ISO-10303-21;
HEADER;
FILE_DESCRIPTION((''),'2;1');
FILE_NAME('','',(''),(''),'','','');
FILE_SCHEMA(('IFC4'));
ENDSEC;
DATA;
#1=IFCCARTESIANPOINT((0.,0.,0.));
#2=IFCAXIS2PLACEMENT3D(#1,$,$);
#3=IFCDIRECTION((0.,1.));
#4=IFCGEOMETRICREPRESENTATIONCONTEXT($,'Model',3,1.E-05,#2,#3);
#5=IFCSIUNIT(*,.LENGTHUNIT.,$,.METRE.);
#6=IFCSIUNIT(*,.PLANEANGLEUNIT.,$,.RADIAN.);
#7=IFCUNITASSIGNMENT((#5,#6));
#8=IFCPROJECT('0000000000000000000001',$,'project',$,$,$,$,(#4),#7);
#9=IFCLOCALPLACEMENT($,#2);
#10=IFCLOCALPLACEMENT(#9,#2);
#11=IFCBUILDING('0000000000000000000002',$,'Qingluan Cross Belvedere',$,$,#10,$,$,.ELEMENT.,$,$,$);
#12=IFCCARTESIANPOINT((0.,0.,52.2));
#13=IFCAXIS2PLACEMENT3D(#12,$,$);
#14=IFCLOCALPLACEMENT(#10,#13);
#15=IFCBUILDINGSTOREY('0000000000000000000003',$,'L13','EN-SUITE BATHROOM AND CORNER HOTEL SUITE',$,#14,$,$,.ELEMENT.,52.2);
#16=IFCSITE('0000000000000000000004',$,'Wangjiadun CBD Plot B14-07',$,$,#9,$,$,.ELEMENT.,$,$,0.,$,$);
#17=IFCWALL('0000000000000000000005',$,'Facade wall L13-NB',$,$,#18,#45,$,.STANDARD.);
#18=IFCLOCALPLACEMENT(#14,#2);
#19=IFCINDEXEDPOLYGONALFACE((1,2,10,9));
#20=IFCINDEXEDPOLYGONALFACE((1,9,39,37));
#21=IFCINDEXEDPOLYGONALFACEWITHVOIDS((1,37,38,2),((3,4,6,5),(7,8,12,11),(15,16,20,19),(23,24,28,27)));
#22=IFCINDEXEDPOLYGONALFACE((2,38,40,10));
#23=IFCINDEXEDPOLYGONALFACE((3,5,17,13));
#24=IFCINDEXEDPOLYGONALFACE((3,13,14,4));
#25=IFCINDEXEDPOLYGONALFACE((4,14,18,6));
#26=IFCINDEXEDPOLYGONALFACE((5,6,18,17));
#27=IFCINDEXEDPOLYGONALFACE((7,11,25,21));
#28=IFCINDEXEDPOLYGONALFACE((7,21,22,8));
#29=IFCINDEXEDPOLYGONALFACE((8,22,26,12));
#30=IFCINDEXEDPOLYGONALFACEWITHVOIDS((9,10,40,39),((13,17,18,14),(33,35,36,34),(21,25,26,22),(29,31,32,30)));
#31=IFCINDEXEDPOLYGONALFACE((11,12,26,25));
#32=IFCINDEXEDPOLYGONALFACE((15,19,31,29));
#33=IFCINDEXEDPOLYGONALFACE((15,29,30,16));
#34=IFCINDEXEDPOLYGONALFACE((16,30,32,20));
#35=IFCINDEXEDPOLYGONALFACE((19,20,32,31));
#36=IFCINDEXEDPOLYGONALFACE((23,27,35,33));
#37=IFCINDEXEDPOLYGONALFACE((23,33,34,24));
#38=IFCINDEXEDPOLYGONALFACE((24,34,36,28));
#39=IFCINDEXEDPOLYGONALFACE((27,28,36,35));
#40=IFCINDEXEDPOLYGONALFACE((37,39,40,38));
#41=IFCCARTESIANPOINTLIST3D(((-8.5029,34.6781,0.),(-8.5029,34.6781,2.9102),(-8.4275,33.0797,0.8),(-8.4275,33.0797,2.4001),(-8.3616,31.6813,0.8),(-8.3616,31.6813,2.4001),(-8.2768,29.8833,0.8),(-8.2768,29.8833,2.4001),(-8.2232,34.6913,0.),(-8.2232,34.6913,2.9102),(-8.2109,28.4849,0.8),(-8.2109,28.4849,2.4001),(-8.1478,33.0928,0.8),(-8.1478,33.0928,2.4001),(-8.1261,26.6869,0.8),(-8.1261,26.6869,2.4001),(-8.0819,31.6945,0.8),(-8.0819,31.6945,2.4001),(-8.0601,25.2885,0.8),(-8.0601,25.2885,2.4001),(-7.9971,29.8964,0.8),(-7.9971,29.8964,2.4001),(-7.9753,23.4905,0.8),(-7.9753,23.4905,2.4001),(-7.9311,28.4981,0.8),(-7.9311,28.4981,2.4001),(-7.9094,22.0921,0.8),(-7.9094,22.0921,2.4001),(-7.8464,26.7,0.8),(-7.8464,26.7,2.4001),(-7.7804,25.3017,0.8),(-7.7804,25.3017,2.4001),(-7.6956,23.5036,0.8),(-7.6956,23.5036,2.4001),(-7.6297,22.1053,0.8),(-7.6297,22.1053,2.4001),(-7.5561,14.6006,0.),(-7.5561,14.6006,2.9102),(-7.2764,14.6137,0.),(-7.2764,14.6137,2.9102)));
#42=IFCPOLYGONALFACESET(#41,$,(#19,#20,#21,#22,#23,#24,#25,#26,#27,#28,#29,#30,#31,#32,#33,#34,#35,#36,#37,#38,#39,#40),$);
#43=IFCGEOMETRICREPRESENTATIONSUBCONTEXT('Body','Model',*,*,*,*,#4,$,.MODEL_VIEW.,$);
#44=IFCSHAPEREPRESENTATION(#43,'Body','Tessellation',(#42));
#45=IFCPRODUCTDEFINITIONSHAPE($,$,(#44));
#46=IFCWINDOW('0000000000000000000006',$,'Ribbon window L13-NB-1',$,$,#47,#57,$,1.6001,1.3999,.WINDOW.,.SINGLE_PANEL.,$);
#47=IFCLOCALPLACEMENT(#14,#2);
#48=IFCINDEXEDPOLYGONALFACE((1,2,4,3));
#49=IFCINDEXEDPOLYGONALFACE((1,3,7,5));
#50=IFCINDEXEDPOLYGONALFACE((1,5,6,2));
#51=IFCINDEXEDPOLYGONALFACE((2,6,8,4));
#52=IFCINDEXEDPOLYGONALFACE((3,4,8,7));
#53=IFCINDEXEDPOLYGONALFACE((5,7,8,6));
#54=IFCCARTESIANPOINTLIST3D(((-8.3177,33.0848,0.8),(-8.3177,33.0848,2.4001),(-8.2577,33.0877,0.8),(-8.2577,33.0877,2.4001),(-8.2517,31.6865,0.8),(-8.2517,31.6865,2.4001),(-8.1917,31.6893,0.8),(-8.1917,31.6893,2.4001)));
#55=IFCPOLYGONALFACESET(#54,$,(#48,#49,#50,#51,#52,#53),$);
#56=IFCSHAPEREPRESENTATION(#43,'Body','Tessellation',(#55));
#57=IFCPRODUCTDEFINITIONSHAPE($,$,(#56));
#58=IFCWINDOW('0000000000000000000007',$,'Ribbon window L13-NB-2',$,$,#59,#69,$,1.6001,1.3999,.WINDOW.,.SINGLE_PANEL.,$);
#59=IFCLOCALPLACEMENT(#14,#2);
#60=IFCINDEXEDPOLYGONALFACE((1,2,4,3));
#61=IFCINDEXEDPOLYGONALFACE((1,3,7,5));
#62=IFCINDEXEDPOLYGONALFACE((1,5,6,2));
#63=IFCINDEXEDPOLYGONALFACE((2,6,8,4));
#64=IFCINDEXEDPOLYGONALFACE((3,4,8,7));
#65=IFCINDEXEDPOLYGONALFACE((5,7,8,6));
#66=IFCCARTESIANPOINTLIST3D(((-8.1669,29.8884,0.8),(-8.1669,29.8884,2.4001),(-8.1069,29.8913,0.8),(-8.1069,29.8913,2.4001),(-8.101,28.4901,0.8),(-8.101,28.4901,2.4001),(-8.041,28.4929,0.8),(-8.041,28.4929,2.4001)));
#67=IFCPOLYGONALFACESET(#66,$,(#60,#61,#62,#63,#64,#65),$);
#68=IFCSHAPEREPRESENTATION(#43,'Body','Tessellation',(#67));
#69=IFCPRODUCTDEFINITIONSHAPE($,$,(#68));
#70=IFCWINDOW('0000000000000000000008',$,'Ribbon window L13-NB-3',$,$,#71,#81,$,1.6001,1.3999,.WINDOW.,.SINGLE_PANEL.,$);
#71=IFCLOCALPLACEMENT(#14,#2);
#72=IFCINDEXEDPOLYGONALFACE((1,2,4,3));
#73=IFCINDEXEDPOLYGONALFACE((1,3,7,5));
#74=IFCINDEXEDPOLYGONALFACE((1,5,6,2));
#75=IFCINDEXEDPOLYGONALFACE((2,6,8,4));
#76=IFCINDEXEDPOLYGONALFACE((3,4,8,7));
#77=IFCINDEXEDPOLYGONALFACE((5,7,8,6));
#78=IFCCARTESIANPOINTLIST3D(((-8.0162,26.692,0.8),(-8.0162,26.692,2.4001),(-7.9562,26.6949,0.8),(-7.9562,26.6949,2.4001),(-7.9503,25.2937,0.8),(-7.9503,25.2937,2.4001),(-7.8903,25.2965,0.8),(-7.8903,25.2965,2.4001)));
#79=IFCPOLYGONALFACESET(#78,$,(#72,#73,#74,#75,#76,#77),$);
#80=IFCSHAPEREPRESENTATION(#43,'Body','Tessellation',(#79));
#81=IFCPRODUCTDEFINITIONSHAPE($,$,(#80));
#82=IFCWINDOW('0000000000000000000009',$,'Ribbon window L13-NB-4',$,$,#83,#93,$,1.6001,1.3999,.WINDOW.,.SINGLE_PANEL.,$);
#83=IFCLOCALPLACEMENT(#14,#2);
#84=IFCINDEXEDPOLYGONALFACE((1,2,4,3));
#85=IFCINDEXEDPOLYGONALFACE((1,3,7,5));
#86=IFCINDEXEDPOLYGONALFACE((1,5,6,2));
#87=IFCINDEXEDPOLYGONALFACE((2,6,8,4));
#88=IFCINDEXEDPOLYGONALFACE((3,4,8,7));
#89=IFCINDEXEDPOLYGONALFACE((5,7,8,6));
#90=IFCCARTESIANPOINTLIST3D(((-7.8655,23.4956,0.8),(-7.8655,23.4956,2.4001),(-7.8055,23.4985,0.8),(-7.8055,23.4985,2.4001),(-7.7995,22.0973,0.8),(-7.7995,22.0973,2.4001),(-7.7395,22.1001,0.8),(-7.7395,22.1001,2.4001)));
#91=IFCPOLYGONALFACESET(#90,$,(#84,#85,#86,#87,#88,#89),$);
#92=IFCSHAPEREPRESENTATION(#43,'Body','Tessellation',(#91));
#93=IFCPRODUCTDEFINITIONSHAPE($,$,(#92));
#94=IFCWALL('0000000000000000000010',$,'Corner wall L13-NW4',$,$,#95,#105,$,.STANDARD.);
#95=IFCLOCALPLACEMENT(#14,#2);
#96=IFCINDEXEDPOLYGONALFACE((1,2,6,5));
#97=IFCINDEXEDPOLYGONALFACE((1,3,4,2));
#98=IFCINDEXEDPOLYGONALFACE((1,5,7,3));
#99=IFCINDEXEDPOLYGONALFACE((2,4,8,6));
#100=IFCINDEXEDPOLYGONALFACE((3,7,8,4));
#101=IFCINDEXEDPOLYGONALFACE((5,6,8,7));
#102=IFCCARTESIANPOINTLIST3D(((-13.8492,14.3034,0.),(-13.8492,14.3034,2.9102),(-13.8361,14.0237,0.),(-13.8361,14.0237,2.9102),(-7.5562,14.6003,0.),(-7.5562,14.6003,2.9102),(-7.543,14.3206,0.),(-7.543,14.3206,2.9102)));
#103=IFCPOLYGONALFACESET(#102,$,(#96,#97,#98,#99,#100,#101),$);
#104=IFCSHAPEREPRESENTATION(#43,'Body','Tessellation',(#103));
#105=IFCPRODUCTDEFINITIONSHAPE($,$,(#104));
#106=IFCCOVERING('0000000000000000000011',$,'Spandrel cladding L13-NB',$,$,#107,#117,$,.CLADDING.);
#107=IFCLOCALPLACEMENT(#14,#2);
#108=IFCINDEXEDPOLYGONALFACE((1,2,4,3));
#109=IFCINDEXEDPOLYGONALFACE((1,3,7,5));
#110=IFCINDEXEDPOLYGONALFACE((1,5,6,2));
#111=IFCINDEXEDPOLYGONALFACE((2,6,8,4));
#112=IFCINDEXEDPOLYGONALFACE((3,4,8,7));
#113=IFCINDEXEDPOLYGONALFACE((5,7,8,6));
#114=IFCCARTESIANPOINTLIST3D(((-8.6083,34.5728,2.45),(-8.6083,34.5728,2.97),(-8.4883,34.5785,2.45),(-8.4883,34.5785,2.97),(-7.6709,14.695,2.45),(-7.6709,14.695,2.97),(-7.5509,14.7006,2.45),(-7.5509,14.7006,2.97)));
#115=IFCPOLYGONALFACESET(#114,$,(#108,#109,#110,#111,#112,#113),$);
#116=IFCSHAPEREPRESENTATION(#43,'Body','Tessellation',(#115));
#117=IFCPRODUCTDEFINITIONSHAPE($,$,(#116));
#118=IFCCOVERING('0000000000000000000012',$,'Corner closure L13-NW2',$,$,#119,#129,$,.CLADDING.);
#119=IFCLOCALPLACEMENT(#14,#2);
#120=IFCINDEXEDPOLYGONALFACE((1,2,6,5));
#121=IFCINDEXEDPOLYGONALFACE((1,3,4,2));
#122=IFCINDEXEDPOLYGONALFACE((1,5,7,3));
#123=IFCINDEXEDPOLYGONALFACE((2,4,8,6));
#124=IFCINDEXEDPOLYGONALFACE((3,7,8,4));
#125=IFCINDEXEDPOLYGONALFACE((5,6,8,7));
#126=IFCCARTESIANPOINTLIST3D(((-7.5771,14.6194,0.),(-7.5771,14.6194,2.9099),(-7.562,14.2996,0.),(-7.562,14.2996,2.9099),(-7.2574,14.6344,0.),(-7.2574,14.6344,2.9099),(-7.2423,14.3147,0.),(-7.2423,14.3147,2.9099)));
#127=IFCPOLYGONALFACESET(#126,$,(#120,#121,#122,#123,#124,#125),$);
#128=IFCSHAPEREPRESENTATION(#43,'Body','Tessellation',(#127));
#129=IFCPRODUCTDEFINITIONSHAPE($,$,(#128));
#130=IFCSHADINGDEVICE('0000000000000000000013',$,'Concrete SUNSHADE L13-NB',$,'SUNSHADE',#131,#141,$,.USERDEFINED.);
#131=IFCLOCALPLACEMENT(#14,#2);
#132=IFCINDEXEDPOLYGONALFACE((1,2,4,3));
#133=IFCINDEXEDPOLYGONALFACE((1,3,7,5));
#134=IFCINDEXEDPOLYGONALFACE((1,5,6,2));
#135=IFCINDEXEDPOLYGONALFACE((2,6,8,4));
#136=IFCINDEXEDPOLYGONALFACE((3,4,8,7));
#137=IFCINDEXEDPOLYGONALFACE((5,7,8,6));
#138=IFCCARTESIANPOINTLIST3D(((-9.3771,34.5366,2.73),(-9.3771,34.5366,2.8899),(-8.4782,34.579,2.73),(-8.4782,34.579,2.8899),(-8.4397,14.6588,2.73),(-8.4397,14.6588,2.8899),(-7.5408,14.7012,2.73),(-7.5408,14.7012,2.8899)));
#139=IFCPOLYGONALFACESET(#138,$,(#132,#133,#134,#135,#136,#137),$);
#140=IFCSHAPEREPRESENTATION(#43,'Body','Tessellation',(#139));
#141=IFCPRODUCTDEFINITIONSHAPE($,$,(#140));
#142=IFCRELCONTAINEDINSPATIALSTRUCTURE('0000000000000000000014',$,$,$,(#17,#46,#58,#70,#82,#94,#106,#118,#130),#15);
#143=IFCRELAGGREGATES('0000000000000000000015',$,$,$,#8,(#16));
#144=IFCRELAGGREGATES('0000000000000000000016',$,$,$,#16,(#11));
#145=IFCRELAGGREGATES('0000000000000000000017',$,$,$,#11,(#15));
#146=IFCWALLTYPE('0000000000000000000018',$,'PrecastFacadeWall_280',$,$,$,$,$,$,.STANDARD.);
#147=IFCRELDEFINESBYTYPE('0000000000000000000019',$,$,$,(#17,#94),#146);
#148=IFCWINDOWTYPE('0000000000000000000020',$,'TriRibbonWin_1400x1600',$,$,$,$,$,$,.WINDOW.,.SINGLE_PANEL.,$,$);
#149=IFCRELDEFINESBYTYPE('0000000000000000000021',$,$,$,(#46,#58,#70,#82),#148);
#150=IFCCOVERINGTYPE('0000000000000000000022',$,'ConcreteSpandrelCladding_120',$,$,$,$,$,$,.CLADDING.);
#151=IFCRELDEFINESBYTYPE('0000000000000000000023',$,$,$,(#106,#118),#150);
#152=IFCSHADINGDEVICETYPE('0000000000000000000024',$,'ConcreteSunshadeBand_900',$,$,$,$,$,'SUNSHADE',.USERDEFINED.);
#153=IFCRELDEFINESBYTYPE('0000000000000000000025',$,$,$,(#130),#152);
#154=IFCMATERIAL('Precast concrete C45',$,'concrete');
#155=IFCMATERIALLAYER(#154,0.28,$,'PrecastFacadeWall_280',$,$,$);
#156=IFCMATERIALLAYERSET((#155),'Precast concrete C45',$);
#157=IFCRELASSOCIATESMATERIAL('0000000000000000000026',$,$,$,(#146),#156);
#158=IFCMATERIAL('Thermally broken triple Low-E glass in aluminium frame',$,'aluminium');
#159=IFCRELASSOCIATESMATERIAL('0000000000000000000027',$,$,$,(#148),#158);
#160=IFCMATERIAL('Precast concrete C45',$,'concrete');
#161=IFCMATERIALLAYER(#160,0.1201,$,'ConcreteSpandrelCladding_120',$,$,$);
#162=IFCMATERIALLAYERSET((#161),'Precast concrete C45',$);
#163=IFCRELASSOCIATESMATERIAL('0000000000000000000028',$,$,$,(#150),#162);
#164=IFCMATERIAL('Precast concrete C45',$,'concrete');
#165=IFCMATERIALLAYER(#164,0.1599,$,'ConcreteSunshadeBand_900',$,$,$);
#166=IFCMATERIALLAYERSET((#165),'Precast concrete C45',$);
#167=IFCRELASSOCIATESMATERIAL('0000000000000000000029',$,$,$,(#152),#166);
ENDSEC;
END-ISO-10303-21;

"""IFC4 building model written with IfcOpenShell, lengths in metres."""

from ifc_helpers import new_model, si_unit, direction, frame, frame_2d, origin, origin_2d, place, context, subcontext, project, spatial, rectangle, extrude, material, layer, layer_set, type_object, element, fill, save


model = new_model("IFC4")

# Units and contexts
model_context = context("Model", 3, precision=1e-05, world=origin(), true_north=direction((0.0, 1.0)))
body_context = subcontext(model_context, "Body", "Model", "MODEL_VIEW")
ifc_project = project(units=[si_unit("LENGTHUNIT", "METRE"), si_unit("PLANEANGLEUNIT", "RADIAN")], contexts=[model_context])

# Site, building, storey
site_placement = place(None, origin())
site = spatial("IfcSite", under=ifc_project, at=site_placement, Name="Wangjiadun CBD Plot B14-07", CompositionType="ELEMENT", RefElevation=0.0)
building_placement = place(site_placement, origin())
building = spatial("IfcBuilding", under=site, at=building_placement, Name="Qingluan Cross Belvedere", CompositionType="ELEMENT")
storey_placement = place(building_placement, frame((0.0, 0.0, 52.2)))
storey = spatial("IfcBuildingStorey", under=building, at=storey_placement, Name="L13", Description="EN-SUITE BATHROOM AND CORNER HOTEL SUITE", CompositionType="ELEMENT", Elevation=52.2)

# Wall, openings, windows
ifc_material_1 = material(Name="Precast concrete C45", Category="concrete")
ifc_layer_1 = layer(ifc_material_1, 0.28, Name="PrecastFacadeWall_280")
ifc_layer_set_1 = layer_set([ifc_layer_1], Name="Precast concrete C45")
wall_type_1 = type_object("IfcWallType", Name="PrecastFacadeWall_280", PredefinedType="STANDARD", material=ifc_layer_set_1)
wall_1_placement = place(storey_placement, frame((-8.363, 34.6846, 0.0), z_axis=(0.0, 0.0, 1.0), x_axis=(0.047103, -0.99889, 0.0)))
wall_1 = element("IfcWall", 1, at=wall_1_placement, inside=storey, type_object=wall_type_1, Name="Facade wall L13-NB", PredefinedType="STANDARD", context=body_context, shape_type="SweptSolid", body=[
    extrude(rectangle(XDim=20.0999, YDim=0.28, at=frame_2d((10.0498, 0.0))), origin(), (0.0, 0.0, 1.0), 2.9102),
])
opening_1_placement = place(wall_1_placement, frame((1.6001, 0.0, 0.8)))
opening_1 = element("IfcOpeningElement", 2, at=opening_1_placement, cuts=wall_1, PredefinedType="OPENING", context=body_context, shape_type="SweptSolid", body=[
    extrude(rectangle(XDim=1.3999, YDim=1.6001, at=frame_2d((0.7, 0.8))), frame((0.0, 0.1499, 0.0), z_axis=(0.0, -1.0, 0.0), x_axis=(1.0, 0.0, 0.0)), (0.0, 0.0, 1.0), 0.3),
])
opening_2_placement = place(wall_1_placement, frame((4.8, 0.0, 0.8)))
opening_2 = element("IfcOpeningElement", 3, at=opening_2_placement, cuts=wall_1, PredefinedType="OPENING", context=body_context, shape_type="SweptSolid", body=[
    extrude(rectangle(XDim=1.3999, YDim=1.6001, at=frame_2d((0.7, 0.8))), frame((0.0, 0.1499, 0.0), z_axis=(0.0, -1.0, 0.0), x_axis=(1.0, 0.0, 0.0)), (0.0, 0.0, 1.0), 0.3),
])
opening_3_placement = place(wall_1_placement, frame((8.0, 0.0, 0.8)))
opening_3 = element("IfcOpeningElement", 4, at=opening_3_placement, cuts=wall_1, PredefinedType="OPENING", context=body_context, shape_type="SweptSolid", body=[
    extrude(rectangle(XDim=1.3999, YDim=1.6001, at=frame_2d((0.7, 0.8))), frame((0.0, 0.1499, 0.0), z_axis=(0.0, -1.0, 0.0), x_axis=(1.0, 0.0, 0.0)), (0.0, 0.0, 1.0), 0.3),
])
opening_4_placement = place(wall_1_placement, frame((11.2, 0.0, 0.8)))
opening_4 = element("IfcOpeningElement", 5, at=opening_4_placement, cuts=wall_1, PredefinedType="OPENING", context=body_context, shape_type="SweptSolid", body=[
    extrude(rectangle(XDim=1.3999, YDim=1.6001, at=frame_2d((0.7, 0.8))), frame((0.0, 0.1499, 0.0), z_axis=(0.0, -1.0, 0.0), x_axis=(1.0, 0.0, 0.0)), (0.0, 0.0, 1.0), 0.3),
])
ifc_material_2 = material(Name="Thermally broken triple Low-E glass in aluminium frame", Category="aluminium")
window_type = type_object("IfcWindowType", Name="TriRibbonWin_1400x1600", PartitioningType="SINGLE_PANEL", PredefinedType="WINDOW", material=ifc_material_2)
window_1_placement = place(opening_1_placement, origin())
window_1 = element("IfcWindow", 6, at=window_1_placement, inside=storey, type_object=window_type, Name="Ribbon window L13-NB-1", OverallHeight=1.6001, OverallWidth=1.3999, PartitioningType="SINGLE_PANEL", PredefinedType="WINDOW", context=body_context, shape_type="SweptSolid", body=[
    extrude(rectangle(XDim=1.3999, YDim=1.6001, at=frame_2d((0.7, 0.8))), frame((0.0, 0.03, 0.0), z_axis=(0.0, -1.0, 0.0), x_axis=(1.0, 0.0, 0.0)), (0.0, 0.0, 1.0), 0.0601),
])
fill(opening_1, window_1)
window_2_placement = place(opening_2_placement, origin())
window_2 = element("IfcWindow", 7, at=window_2_placement, inside=storey, type_object=window_type, Name="Ribbon window L13-NB-2", OverallHeight=1.6001, OverallWidth=1.3999, PartitioningType="SINGLE_PANEL", PredefinedType="WINDOW", context=body_context, shape_type="SweptSolid", body=[
    extrude(rectangle(XDim=1.3999, YDim=1.6001, at=frame_2d((0.7, 0.8))), frame((0.0, 0.03, 0.0), z_axis=(0.0, -1.0, 0.0), x_axis=(1.0, 0.0, 0.0)), (0.0, 0.0, 1.0), 0.0601),
])
fill(opening_2, window_2)
window_3_placement = place(opening_3_placement, origin())
window_3 = element("IfcWindow", 8, at=window_3_placement, inside=storey, type_object=window_type, Name="Ribbon window L13-NB-3", OverallHeight=1.6001, OverallWidth=1.3999, PartitioningType="SINGLE_PANEL", PredefinedType="WINDOW", context=body_context, shape_type="SweptSolid", body=[
    extrude(rectangle(XDim=1.3999, YDim=1.6001, at=frame_2d((0.7, 0.8))), frame((0.0, 0.03, 0.0), z_axis=(0.0, -1.0, 0.0), x_axis=(1.0, 0.0, 0.0)), (0.0, 0.0, 1.0), 0.0601),
])
fill(opening_3, window_3)
window_4_placement = place(opening_4_placement, origin())
window_4 = element("IfcWindow", 9, at=window_4_placement, inside=storey, type_object=window_type, Name="Ribbon window L13-NB-4", OverallHeight=1.6001, OverallWidth=1.3999, PartitioningType="SINGLE_PANEL", PredefinedType="WINDOW", context=body_context, shape_type="SweptSolid", body=[
    extrude(rectangle(XDim=1.3999, YDim=1.6001, at=frame_2d((0.7, 0.8))), frame((0.0, 0.03, 0.0), z_axis=(0.0, -1.0, 0.0), x_axis=(1.0, 0.0, 0.0)), (0.0, 0.0, 1.0), 0.0601),
])
fill(opening_4, window_4)

# Wall
wall_2_placement = place(storey_placement, frame((-13.8425, 14.1636, 0.0), z_axis=(0.0, 0.0, 1.0), x_axis=(0.998889, 0.047123, 0.0)))
element("IfcWall", 10, at=wall_2_placement, inside=storey, type_object=wall_type_1, Name="Corner wall L13-NW4", PredefinedType="STANDARD", context=body_context, shape_type="SweptSolid", body=[
    extrude(rectangle(XDim=6.3, YDim=0.28, at=frame_2d((3.1499, 0.0))), origin(), (0.0, 0.0, 1.0), 2.9102),
])

# Coverings
ifc_material_3 = material(Name="Precast concrete C45", Category="concrete")
ifc_layer_2 = layer(ifc_material_3, 0.1201, Name="ConcreteSpandrelCladding_120")
ifc_layer_set_2 = layer_set([ifc_layer_2], Name="Precast concrete C45")
covering_type = type_object("IfcCoveringType", Name="ConcreteSpandrelCladding_120", PredefinedType="CLADDING", material=ifc_layer_set_2)
covering_1_placement = place(storey_placement, frame((-8.0796, 24.6367, 2.45), z_axis=(0.0, 0.0, 1.0), x_axis=(0.047105, -0.99889, 0.0)))
element("IfcCovering", 11, at=covering_1_placement, inside=storey, type_object=covering_type, Name="Spandrel cladding L13-NB", PredefinedType="CLADDING", context=body_context, shape_type="SweptSolid", body=[
    extrude(rectangle(XDim=19.8999, YDim=0.1201, at=origin_2d()), origin(), (0.0, 0.0, 1.0), 0.52),
])
covering_2_placement = place(storey_placement, frame((-7.4097, 14.467, 0.0), z_axis=(0.0, 0.0, 1.0), x_axis=(0.99889, 0.047106, 0.0)))
element("IfcCovering", 12, at=covering_2_placement, inside=storey, type_object=covering_type, Name="Corner closure L13-NW2", PredefinedType="CLADDING", context=body_context, shape_type="SweptSolid", body=[
    extrude(rectangle(XDim=0.3201, YDim=0.3201, at=origin_2d()), origin(), (0.0, 0.0, 1.0), 2.9099),
])

# Shading device
ifc_material_4 = material(Name="Precast concrete C45", Category="concrete")
ifc_layer_3 = layer(ifc_material_4, 0.1599, Name="ConcreteSunshadeBand_900")
ifc_layer_set_3 = layer_set([ifc_layer_3], Name="Precast concrete C45")
shading_device_type = type_object("IfcShadingDeviceType", Name="ConcreteSunshadeBand_900", ElementType="SUNSHADE", PredefinedType="USERDEFINED", material=ifc_layer_set_3)
shading_device_placement = place(storey_placement, frame((-8.459, 24.6189, 2.73), z_axis=(0.0, 0.0, 1.0), x_axis=(0.047105, -0.99889, 0.0)))
element("IfcShadingDevice", 13, at=shading_device_placement, inside=storey, type_object=shading_device_type, Name="Concrete SUNSHADE L13-NB", ObjectType="SUNSHADE", PredefinedType="USERDEFINED", context=body_context, shape_type="SweptSolid", body=[
    extrude(rectangle(XDim=19.8999, YDim=0.8999, at=origin_2d()), origin(), (0.0, 0.0, 1.0), 0.1599),
])

save(model, "model.ifc")
